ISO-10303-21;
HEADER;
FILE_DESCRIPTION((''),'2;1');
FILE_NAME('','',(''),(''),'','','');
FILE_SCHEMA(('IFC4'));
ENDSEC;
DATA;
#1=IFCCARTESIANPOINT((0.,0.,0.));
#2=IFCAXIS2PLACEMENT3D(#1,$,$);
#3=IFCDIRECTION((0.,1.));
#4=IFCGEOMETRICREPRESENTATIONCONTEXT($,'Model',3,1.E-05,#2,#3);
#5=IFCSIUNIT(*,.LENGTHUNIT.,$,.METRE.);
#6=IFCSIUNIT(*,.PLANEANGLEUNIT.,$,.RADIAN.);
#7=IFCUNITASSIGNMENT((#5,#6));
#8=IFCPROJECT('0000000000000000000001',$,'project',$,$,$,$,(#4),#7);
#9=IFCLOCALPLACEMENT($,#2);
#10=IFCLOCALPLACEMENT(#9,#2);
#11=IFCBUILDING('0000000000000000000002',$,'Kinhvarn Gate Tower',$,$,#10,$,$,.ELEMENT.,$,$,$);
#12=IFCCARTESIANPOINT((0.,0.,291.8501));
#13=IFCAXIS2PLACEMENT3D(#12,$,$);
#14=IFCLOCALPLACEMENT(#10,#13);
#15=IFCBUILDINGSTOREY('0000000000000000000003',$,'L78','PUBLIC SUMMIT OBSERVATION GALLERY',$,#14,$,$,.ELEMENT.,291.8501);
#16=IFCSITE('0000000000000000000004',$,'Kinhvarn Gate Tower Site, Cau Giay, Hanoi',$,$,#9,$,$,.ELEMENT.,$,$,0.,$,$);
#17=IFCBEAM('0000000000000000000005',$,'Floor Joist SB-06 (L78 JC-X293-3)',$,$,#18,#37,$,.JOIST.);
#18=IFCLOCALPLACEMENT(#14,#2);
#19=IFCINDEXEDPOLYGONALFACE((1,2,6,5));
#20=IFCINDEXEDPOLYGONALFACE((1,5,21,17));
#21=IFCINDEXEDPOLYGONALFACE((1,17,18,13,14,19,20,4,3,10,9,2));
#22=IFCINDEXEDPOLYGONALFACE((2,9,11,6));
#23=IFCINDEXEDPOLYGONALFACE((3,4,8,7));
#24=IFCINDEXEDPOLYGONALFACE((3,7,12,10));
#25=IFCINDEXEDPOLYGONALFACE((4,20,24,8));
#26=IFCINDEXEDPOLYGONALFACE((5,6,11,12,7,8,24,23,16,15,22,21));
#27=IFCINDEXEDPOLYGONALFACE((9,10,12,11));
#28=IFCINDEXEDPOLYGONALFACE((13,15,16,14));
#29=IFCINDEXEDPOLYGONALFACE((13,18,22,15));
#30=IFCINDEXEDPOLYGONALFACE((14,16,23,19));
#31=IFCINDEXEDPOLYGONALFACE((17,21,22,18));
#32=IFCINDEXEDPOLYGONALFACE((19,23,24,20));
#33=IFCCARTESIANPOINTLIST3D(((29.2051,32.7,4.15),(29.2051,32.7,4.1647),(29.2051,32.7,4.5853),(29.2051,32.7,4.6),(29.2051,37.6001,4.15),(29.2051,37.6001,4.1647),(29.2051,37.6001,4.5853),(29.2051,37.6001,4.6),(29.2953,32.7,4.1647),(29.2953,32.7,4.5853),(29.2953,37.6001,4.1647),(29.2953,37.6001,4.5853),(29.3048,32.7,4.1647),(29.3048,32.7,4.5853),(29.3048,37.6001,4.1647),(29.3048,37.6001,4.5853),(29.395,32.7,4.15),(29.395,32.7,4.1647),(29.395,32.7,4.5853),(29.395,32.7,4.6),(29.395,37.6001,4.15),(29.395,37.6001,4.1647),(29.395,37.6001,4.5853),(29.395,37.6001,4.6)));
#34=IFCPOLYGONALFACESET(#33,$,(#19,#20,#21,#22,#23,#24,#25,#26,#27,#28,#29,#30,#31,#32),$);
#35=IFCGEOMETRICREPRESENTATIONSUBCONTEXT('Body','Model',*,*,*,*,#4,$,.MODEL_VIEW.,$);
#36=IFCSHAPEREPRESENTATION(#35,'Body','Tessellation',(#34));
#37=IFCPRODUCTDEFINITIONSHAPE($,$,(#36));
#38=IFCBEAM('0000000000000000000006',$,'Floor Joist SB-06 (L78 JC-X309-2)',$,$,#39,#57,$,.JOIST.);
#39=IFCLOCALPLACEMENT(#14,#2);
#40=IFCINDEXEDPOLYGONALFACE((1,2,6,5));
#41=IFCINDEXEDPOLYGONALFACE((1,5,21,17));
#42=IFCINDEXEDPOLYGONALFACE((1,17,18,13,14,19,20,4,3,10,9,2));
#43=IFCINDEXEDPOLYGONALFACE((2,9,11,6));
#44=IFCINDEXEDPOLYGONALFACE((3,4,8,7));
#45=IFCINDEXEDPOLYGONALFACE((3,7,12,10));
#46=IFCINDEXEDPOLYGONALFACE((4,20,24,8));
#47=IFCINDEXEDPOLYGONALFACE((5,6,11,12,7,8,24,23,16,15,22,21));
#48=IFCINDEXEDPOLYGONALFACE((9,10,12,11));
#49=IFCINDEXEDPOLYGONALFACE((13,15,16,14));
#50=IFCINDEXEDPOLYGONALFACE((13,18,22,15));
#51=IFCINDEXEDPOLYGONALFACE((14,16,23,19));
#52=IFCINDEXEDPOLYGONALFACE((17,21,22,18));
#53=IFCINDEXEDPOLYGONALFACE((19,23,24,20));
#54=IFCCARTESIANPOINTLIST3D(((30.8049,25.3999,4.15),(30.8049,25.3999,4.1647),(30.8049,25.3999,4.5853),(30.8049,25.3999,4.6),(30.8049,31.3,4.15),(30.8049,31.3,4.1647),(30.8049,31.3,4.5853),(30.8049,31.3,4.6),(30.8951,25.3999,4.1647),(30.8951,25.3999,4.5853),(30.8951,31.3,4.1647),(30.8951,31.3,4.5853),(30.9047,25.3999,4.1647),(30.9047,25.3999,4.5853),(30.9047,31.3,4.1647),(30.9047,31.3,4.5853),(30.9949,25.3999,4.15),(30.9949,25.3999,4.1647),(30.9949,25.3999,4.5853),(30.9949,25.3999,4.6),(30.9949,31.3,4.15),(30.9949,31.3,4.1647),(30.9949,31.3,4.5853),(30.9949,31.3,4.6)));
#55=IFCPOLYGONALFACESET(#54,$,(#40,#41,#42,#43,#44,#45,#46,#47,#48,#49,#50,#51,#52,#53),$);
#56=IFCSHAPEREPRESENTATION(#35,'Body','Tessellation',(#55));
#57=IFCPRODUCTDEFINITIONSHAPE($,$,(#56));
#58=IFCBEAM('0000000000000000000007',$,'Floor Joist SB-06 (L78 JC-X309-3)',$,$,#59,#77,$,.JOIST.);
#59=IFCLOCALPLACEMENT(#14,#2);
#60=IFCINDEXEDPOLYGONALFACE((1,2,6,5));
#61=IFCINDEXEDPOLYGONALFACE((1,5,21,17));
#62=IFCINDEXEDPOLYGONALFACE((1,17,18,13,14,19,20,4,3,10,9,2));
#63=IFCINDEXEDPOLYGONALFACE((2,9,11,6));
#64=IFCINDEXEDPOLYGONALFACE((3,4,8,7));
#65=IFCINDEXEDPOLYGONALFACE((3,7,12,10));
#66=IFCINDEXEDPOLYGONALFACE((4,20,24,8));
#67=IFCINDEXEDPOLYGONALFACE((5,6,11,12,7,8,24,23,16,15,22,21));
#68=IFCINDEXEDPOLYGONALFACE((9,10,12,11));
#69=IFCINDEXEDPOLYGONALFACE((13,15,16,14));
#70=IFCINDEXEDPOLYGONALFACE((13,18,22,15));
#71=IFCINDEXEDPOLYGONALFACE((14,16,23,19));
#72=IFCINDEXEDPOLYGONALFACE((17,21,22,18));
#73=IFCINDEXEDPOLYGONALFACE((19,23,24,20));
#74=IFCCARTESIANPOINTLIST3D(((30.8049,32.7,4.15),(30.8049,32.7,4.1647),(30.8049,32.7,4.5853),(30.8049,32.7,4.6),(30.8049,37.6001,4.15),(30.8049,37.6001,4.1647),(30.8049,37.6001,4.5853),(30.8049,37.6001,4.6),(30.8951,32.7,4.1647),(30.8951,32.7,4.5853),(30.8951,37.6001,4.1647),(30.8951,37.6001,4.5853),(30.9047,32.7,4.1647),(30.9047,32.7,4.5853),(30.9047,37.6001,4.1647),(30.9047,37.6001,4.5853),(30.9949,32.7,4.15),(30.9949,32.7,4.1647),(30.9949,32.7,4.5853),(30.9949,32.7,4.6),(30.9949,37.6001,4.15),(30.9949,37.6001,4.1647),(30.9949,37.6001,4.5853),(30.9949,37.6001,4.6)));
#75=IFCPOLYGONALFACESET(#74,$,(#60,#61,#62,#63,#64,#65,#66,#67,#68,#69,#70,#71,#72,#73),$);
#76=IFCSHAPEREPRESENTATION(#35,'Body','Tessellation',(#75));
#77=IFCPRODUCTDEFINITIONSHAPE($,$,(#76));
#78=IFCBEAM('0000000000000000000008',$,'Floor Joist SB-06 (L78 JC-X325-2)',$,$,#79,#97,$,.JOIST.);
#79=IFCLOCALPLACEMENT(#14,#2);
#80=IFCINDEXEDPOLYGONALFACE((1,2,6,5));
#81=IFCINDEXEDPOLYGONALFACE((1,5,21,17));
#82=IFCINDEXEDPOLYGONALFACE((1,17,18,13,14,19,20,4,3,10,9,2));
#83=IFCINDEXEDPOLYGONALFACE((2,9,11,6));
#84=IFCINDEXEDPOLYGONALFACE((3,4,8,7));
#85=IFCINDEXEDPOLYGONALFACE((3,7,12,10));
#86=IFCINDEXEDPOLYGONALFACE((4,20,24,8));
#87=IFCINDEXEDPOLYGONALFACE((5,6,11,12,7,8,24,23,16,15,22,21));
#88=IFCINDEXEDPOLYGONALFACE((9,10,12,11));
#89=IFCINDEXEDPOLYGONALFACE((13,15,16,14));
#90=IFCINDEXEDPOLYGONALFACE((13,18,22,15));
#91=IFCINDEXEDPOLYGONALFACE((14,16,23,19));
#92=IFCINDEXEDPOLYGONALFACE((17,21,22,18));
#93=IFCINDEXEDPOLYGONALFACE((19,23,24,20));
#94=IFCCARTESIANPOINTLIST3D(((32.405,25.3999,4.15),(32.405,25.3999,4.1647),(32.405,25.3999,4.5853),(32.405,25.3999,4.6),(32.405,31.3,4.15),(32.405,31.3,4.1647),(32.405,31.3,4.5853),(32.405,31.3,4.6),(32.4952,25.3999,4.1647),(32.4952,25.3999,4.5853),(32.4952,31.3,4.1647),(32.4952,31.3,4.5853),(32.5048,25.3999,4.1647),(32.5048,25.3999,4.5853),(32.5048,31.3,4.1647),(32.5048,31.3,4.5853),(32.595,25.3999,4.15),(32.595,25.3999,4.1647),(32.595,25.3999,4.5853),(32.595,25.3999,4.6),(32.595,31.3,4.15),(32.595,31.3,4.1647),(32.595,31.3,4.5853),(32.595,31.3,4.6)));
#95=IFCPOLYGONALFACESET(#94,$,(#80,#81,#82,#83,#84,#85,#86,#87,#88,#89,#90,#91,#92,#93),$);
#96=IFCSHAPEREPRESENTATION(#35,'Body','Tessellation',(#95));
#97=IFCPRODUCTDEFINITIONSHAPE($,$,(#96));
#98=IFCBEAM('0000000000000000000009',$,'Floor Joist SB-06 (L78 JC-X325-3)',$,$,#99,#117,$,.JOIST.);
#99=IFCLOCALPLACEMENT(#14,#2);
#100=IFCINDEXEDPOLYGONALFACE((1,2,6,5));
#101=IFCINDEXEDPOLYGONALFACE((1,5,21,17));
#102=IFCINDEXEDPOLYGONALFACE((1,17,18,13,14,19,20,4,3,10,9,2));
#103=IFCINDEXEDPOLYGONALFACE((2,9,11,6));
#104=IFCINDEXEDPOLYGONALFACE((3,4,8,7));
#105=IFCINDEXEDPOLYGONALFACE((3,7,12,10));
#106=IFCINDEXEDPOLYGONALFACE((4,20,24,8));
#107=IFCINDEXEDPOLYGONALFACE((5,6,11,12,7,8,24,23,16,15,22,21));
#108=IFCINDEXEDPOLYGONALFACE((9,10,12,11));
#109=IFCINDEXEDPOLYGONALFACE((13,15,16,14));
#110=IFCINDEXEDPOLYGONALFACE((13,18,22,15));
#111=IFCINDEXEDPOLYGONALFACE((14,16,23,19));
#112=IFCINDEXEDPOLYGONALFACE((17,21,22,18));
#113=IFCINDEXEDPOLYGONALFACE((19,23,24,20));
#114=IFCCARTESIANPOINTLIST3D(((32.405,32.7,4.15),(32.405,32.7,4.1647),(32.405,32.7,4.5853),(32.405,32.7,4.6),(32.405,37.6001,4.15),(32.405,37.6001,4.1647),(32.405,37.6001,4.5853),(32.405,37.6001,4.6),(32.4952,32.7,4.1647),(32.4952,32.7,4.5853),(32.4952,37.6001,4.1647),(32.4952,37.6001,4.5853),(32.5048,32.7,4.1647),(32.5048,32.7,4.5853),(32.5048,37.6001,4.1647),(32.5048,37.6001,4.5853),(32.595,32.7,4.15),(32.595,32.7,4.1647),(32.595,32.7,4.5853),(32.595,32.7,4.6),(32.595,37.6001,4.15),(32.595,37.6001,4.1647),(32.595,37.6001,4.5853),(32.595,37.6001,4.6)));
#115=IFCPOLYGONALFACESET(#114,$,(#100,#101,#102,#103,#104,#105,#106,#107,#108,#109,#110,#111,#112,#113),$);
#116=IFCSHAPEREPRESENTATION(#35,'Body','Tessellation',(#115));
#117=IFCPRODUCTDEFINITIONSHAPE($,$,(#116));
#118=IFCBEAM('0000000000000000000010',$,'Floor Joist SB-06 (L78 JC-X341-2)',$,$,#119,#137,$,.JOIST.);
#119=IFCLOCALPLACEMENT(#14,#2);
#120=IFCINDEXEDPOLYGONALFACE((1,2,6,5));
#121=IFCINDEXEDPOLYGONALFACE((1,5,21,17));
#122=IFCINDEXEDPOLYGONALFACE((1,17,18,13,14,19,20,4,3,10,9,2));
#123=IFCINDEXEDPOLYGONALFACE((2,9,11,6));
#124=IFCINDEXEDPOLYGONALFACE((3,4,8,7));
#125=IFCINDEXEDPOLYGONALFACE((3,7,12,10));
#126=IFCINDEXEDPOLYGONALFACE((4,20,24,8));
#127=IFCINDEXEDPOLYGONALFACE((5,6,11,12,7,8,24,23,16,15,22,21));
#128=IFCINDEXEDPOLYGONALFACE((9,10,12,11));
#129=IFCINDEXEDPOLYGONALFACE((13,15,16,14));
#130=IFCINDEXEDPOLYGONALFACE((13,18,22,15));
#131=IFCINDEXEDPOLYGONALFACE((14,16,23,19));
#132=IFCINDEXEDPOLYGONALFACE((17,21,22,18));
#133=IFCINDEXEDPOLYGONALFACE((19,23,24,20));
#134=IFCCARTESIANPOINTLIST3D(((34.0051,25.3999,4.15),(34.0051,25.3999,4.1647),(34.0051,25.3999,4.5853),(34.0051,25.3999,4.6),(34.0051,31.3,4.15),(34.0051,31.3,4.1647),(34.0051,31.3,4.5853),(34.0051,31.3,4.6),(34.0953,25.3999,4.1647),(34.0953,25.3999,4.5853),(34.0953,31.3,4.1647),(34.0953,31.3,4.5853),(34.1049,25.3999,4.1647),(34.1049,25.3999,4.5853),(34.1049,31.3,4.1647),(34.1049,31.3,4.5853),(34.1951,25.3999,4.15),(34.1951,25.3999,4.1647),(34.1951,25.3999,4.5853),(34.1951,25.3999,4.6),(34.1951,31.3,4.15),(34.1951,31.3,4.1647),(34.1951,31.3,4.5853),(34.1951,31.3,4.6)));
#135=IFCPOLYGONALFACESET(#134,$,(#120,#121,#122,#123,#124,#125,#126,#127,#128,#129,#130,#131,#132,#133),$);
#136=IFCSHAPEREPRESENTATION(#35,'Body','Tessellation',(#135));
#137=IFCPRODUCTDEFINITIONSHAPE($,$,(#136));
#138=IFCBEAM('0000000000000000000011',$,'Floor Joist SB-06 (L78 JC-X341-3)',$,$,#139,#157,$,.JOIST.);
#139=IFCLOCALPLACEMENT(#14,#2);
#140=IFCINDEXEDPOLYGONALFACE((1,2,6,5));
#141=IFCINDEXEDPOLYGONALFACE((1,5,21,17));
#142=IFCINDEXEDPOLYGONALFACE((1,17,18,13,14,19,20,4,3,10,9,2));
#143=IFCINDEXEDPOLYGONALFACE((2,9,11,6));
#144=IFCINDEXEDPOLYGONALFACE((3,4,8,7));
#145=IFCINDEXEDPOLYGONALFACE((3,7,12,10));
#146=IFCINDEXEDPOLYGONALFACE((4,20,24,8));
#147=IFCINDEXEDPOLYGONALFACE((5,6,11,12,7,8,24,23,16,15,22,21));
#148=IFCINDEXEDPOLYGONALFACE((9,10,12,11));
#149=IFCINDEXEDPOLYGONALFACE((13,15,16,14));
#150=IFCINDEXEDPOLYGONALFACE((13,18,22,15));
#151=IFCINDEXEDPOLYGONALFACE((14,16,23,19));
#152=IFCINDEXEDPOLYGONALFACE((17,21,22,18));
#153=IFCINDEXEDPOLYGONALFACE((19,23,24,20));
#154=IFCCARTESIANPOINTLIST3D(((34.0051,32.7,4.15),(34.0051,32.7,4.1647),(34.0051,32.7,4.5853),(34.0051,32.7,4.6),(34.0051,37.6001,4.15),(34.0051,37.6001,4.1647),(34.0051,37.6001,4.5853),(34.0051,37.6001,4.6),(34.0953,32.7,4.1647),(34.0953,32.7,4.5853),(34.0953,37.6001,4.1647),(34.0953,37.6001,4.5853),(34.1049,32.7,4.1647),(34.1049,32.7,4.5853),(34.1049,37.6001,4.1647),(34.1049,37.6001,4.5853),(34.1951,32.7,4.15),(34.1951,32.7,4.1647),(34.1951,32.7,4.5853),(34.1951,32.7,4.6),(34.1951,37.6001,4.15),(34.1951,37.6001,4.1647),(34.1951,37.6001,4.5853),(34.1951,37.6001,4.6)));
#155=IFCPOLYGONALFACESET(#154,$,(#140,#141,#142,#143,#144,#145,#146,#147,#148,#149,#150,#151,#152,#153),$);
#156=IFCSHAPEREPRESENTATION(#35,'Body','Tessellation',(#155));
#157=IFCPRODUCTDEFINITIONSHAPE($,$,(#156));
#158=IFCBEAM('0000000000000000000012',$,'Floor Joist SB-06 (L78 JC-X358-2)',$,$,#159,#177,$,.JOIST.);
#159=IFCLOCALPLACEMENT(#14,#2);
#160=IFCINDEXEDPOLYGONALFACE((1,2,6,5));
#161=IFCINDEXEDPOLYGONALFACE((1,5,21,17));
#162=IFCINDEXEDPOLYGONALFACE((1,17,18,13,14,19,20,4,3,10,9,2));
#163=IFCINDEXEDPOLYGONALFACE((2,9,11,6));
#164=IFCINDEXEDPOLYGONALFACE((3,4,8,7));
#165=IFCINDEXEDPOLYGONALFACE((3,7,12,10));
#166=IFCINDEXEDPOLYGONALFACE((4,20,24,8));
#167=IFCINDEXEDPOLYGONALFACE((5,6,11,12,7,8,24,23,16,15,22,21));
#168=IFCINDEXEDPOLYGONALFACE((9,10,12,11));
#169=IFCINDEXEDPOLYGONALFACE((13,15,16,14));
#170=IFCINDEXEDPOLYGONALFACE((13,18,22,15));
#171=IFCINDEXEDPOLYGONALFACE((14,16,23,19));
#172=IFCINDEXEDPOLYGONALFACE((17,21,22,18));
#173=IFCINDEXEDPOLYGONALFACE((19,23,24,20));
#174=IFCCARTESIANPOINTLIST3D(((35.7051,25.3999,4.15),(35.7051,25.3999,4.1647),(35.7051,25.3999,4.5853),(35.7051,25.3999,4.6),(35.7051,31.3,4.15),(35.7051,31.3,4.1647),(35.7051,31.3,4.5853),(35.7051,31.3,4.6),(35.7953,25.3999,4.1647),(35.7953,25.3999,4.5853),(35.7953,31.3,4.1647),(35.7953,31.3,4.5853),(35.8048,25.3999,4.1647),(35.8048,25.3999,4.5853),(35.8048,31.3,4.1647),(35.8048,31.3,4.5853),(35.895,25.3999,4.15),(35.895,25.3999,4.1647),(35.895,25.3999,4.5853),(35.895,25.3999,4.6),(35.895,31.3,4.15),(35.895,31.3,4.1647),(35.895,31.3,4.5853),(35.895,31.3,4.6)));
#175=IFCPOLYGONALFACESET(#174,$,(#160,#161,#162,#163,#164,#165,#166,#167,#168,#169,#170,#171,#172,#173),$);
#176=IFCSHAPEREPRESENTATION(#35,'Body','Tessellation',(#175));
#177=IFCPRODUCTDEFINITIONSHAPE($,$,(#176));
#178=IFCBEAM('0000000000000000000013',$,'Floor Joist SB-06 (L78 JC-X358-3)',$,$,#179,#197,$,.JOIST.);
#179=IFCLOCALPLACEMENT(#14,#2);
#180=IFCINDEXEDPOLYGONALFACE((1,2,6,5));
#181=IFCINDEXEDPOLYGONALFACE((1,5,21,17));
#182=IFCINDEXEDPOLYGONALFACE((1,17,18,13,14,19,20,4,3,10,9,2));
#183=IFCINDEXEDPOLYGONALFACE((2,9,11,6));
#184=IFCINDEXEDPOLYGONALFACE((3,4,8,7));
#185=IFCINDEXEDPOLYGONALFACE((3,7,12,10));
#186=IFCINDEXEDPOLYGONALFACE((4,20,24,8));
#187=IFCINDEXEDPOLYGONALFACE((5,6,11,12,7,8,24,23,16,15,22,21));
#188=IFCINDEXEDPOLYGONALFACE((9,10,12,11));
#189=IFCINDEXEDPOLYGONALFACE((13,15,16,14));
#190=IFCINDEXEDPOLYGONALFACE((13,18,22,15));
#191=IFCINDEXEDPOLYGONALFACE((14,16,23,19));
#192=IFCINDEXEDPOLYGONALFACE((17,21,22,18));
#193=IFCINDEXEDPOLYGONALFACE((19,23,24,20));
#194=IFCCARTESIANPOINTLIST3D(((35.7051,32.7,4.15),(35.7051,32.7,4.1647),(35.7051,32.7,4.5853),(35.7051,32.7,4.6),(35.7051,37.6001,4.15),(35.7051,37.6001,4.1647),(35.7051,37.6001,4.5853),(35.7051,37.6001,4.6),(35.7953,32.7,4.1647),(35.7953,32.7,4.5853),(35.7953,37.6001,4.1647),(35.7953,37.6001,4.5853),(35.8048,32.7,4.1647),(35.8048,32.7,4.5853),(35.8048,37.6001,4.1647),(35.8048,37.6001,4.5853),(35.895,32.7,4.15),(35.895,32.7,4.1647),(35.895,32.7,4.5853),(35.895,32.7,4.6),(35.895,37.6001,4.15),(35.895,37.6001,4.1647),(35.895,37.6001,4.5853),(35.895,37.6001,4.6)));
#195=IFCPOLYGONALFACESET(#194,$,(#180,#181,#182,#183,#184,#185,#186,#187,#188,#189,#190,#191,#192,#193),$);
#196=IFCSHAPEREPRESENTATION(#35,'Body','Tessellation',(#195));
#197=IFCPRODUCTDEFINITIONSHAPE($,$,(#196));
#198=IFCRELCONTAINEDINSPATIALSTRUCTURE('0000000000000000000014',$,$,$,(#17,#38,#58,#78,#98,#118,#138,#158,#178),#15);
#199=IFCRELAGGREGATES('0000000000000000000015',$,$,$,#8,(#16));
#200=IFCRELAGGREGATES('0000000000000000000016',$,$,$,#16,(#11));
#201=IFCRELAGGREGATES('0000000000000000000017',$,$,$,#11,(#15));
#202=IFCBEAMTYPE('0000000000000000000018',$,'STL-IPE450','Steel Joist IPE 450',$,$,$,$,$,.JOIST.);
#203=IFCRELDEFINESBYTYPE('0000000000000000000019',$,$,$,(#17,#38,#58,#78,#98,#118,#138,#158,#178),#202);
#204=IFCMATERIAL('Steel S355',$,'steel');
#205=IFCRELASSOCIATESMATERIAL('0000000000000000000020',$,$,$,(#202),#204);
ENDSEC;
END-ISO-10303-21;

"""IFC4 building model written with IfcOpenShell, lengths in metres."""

from ifc_helpers import new_model, si_unit, direction, frame, origin, origin_2d, place, context, subcontext, project, spatial, i_section, extrude, material, material_profile, profile_set, type_object, element, save


model = new_model("IFC4")

# Units and contexts
model_context = context("Model", 3, precision=1e-05, world=origin(), true_north=direction((0.0, 1.0)))
body_context = subcontext(model_context, "Body", "Model", "MODEL_VIEW")
ifc_project = project(units=[si_unit("LENGTHUNIT", "METRE"), si_unit("PLANEANGLEUNIT", "RADIAN")], contexts=[model_context])

# Site, building, storey
site_placement = place(None, origin())
site = spatial("IfcSite", under=ifc_project, at=site_placement, Name="Kinhvarn Gate Tower Site, Cau Giay, Hanoi", CompositionType="ELEMENT", RefElevation=0.0)
building_placement = place(site_placement, origin())
building = spatial("IfcBuilding", under=site, at=building_placement, Name="Kinhvarn Gate Tower", CompositionType="ELEMENT")
storey_placement = place(building_placement, frame((0.0, 0.0, 291.8501)))
storey = spatial("IfcBuildingStorey", under=building, at=storey_placement, Name="L78", Description="PUBLIC SUMMIT OBSERVATION GALLERY", CompositionType="ELEMENT", Elevation=291.8501)

# Beams
ifc_material_1 = material(Name="Steel S355", Category="steel")
ifc_material_profile = material_profile(ifc_material_1, i_section(OverallWidth=0.1899, OverallDepth=0.45, WebThickness=0.0095, FlangeThickness=0.0146, at=origin_2d()), Name="IPE 450")
ifc_profile_set = profile_set([ifc_material_profile], Name="Steel S355")
beam_type = type_object("IfcBeamType", Name="STL-IPE450", Description="Steel Joist IPE 450", PredefinedType="JOIST", material=ifc_profile_set)
beam_1_placement = place(storey_placement, frame((29.3, 32.7, 4.375), z_axis=(0.0, 1.0, 0.0), x_axis=(-1.0, 0.0, 0.0)))
element("IfcBeam", 1, at=beam_1_placement, inside=storey, type_object=beam_type, Name="Floor Joist SB-06 (L78 JC-X293-3)", PredefinedType="JOIST", context=body_context, shape_type="SweptSolid", body=[
    extrude(i_section(OverallWidth=0.1899, OverallDepth=0.45, WebThickness=0.0095, FlangeThickness=0.0146, at=origin_2d()), origin(), (0.0, 0.0, 1.0), 4.9001),
])
beam_2_placement = place(storey_placement, frame((30.8999, 25.3999, 4.375), z_axis=(0.0, 1.0, 0.0), x_axis=(-1.0, 0.0, 0.0)))
element("IfcBeam", 2, at=beam_2_placement, inside=storey, type_object=beam_type, Name="Floor Joist SB-06 (L78 JC-X309-2)", PredefinedType="JOIST", context=body_context, shape_type="SweptSolid", body=[
    extrude(i_section(OverallWidth=0.1899, OverallDepth=0.45, WebThickness=0.0095, FlangeThickness=0.0146, at=origin_2d()), origin(), (0.0, 0.0, 1.0), 5.9001),
])
beam_3_placement = place(storey_placement, frame((30.8999, 32.7, 4.375), z_axis=(0.0, 1.0, 0.0), x_axis=(-1.0, 0.0, 0.0)))
element("IfcBeam", 3, at=beam_3_placement, inside=storey, type_object=beam_type, Name="Floor Joist SB-06 (L78 JC-X309-3)", PredefinedType="JOIST", context=body_context, shape_type="SweptSolid", body=[
    extrude(i_section(OverallWidth=0.1899, OverallDepth=0.45, WebThickness=0.0095, FlangeThickness=0.0146, at=origin_2d()), origin(), (0.0, 0.0, 1.0), 4.9001),
])
beam_4_placement = place(storey_placement, frame((32.5, 25.3999, 4.375), z_axis=(0.0, 1.0, 0.0), x_axis=(-1.0, 0.0, 0.0)))
element("IfcBeam", 4, at=beam_4_placement, inside=storey, type_object=beam_type, Name="Floor Joist SB-06 (L78 JC-X325-2)", PredefinedType="JOIST", context=body_context, shape_type="SweptSolid", body=[
    extrude(i_section(OverallWidth=0.1899, OverallDepth=0.45, WebThickness=0.0095, FlangeThickness=0.0146, at=origin_2d()), origin(), (0.0, 0.0, 1.0), 5.9001),
])
beam_5_placement = place(storey_placement, frame((32.5, 32.7, 4.375), z_axis=(0.0, 1.0, 0.0), x_axis=(-1.0, 0.0, 0.0)))
element("IfcBeam", 5, at=beam_5_placement, inside=storey, type_object=beam_type, Name="Floor Joist SB-06 (L78 JC-X325-3)", PredefinedType="JOIST", context=body_context, shape_type="SweptSolid", body=[
    extrude(i_section(OverallWidth=0.1899, OverallDepth=0.45, WebThickness=0.0095, FlangeThickness=0.0146, at=origin_2d()), origin(), (0.0, 0.0, 1.0), 4.9001),
])
beam_6_placement = place(storey_placement, frame((34.1001, 25.3999, 4.375), z_axis=(0.0, 1.0, 0.0), x_axis=(-1.0, 0.0, 0.0)))
element("IfcBeam", 6, at=beam_6_placement, inside=storey, type_object=beam_type, Name="Floor Joist SB-06 (L78 JC-X341-2)", PredefinedType="JOIST", context=body_context, shape_type="SweptSolid", body=[
    extrude(i_section(OverallWidth=0.1899, OverallDepth=0.45, WebThickness=0.0095, FlangeThickness=0.0146, at=origin_2d()), origin(), (0.0, 0.0, 1.0), 5.9001),
])
beam_7_placement = place(storey_placement, frame((34.1001, 32.7, 4.375), z_axis=(0.0, 1.0, 0.0), x_axis=(-1.0, 0.0, 0.0)))
element("IfcBeam", 7, at=beam_7_placement, inside=storey, type_object=beam_type, Name="Floor Joist SB-06 (L78 JC-X341-3)", PredefinedType="JOIST", context=body_context, shape_type="SweptSolid", body=[
    extrude(i_section(OverallWidth=0.1899, OverallDepth=0.45, WebThickness=0.0095, FlangeThickness=0.0146, at=origin_2d()), origin(), (0.0, 0.0, 1.0), 4.9001),
])
beam_8_placement = place(storey_placement, frame((35.8, 25.3999, 4.375), z_axis=(0.0, 1.0, 0.0), x_axis=(-1.0, 0.0, 0.0)))
element("IfcBeam", 8, at=beam_8_placement, inside=storey, type_object=beam_type, Name="Floor Joist SB-06 (L78 JC-X358-2)", PredefinedType="JOIST", context=body_context, shape_type="SweptSolid", body=[
    extrude(i_section(OverallWidth=0.1899, OverallDepth=0.45, WebThickness=0.0095, FlangeThickness=0.0146, at=origin_2d()), origin(), (0.0, 0.0, 1.0), 5.9001),
])
beam_9_placement = place(storey_placement, frame((35.8, 32.7, 4.375), z_axis=(0.0, 1.0, 0.0), x_axis=(-1.0, 0.0, 0.0)))
element("IfcBeam", 9, at=beam_9_placement, inside=storey, type_object=beam_type, Name="Floor Joist SB-06 (L78 JC-X358-3)", PredefinedType="JOIST", context=body_context, shape_type="SweptSolid", body=[
    extrude(i_section(OverallWidth=0.1899, OverallDepth=0.45, WebThickness=0.0095, FlangeThickness=0.0146, at=origin_2d()), origin(), (0.0, 0.0, 1.0), 4.9001),
])

save(model, "model.ifc")
